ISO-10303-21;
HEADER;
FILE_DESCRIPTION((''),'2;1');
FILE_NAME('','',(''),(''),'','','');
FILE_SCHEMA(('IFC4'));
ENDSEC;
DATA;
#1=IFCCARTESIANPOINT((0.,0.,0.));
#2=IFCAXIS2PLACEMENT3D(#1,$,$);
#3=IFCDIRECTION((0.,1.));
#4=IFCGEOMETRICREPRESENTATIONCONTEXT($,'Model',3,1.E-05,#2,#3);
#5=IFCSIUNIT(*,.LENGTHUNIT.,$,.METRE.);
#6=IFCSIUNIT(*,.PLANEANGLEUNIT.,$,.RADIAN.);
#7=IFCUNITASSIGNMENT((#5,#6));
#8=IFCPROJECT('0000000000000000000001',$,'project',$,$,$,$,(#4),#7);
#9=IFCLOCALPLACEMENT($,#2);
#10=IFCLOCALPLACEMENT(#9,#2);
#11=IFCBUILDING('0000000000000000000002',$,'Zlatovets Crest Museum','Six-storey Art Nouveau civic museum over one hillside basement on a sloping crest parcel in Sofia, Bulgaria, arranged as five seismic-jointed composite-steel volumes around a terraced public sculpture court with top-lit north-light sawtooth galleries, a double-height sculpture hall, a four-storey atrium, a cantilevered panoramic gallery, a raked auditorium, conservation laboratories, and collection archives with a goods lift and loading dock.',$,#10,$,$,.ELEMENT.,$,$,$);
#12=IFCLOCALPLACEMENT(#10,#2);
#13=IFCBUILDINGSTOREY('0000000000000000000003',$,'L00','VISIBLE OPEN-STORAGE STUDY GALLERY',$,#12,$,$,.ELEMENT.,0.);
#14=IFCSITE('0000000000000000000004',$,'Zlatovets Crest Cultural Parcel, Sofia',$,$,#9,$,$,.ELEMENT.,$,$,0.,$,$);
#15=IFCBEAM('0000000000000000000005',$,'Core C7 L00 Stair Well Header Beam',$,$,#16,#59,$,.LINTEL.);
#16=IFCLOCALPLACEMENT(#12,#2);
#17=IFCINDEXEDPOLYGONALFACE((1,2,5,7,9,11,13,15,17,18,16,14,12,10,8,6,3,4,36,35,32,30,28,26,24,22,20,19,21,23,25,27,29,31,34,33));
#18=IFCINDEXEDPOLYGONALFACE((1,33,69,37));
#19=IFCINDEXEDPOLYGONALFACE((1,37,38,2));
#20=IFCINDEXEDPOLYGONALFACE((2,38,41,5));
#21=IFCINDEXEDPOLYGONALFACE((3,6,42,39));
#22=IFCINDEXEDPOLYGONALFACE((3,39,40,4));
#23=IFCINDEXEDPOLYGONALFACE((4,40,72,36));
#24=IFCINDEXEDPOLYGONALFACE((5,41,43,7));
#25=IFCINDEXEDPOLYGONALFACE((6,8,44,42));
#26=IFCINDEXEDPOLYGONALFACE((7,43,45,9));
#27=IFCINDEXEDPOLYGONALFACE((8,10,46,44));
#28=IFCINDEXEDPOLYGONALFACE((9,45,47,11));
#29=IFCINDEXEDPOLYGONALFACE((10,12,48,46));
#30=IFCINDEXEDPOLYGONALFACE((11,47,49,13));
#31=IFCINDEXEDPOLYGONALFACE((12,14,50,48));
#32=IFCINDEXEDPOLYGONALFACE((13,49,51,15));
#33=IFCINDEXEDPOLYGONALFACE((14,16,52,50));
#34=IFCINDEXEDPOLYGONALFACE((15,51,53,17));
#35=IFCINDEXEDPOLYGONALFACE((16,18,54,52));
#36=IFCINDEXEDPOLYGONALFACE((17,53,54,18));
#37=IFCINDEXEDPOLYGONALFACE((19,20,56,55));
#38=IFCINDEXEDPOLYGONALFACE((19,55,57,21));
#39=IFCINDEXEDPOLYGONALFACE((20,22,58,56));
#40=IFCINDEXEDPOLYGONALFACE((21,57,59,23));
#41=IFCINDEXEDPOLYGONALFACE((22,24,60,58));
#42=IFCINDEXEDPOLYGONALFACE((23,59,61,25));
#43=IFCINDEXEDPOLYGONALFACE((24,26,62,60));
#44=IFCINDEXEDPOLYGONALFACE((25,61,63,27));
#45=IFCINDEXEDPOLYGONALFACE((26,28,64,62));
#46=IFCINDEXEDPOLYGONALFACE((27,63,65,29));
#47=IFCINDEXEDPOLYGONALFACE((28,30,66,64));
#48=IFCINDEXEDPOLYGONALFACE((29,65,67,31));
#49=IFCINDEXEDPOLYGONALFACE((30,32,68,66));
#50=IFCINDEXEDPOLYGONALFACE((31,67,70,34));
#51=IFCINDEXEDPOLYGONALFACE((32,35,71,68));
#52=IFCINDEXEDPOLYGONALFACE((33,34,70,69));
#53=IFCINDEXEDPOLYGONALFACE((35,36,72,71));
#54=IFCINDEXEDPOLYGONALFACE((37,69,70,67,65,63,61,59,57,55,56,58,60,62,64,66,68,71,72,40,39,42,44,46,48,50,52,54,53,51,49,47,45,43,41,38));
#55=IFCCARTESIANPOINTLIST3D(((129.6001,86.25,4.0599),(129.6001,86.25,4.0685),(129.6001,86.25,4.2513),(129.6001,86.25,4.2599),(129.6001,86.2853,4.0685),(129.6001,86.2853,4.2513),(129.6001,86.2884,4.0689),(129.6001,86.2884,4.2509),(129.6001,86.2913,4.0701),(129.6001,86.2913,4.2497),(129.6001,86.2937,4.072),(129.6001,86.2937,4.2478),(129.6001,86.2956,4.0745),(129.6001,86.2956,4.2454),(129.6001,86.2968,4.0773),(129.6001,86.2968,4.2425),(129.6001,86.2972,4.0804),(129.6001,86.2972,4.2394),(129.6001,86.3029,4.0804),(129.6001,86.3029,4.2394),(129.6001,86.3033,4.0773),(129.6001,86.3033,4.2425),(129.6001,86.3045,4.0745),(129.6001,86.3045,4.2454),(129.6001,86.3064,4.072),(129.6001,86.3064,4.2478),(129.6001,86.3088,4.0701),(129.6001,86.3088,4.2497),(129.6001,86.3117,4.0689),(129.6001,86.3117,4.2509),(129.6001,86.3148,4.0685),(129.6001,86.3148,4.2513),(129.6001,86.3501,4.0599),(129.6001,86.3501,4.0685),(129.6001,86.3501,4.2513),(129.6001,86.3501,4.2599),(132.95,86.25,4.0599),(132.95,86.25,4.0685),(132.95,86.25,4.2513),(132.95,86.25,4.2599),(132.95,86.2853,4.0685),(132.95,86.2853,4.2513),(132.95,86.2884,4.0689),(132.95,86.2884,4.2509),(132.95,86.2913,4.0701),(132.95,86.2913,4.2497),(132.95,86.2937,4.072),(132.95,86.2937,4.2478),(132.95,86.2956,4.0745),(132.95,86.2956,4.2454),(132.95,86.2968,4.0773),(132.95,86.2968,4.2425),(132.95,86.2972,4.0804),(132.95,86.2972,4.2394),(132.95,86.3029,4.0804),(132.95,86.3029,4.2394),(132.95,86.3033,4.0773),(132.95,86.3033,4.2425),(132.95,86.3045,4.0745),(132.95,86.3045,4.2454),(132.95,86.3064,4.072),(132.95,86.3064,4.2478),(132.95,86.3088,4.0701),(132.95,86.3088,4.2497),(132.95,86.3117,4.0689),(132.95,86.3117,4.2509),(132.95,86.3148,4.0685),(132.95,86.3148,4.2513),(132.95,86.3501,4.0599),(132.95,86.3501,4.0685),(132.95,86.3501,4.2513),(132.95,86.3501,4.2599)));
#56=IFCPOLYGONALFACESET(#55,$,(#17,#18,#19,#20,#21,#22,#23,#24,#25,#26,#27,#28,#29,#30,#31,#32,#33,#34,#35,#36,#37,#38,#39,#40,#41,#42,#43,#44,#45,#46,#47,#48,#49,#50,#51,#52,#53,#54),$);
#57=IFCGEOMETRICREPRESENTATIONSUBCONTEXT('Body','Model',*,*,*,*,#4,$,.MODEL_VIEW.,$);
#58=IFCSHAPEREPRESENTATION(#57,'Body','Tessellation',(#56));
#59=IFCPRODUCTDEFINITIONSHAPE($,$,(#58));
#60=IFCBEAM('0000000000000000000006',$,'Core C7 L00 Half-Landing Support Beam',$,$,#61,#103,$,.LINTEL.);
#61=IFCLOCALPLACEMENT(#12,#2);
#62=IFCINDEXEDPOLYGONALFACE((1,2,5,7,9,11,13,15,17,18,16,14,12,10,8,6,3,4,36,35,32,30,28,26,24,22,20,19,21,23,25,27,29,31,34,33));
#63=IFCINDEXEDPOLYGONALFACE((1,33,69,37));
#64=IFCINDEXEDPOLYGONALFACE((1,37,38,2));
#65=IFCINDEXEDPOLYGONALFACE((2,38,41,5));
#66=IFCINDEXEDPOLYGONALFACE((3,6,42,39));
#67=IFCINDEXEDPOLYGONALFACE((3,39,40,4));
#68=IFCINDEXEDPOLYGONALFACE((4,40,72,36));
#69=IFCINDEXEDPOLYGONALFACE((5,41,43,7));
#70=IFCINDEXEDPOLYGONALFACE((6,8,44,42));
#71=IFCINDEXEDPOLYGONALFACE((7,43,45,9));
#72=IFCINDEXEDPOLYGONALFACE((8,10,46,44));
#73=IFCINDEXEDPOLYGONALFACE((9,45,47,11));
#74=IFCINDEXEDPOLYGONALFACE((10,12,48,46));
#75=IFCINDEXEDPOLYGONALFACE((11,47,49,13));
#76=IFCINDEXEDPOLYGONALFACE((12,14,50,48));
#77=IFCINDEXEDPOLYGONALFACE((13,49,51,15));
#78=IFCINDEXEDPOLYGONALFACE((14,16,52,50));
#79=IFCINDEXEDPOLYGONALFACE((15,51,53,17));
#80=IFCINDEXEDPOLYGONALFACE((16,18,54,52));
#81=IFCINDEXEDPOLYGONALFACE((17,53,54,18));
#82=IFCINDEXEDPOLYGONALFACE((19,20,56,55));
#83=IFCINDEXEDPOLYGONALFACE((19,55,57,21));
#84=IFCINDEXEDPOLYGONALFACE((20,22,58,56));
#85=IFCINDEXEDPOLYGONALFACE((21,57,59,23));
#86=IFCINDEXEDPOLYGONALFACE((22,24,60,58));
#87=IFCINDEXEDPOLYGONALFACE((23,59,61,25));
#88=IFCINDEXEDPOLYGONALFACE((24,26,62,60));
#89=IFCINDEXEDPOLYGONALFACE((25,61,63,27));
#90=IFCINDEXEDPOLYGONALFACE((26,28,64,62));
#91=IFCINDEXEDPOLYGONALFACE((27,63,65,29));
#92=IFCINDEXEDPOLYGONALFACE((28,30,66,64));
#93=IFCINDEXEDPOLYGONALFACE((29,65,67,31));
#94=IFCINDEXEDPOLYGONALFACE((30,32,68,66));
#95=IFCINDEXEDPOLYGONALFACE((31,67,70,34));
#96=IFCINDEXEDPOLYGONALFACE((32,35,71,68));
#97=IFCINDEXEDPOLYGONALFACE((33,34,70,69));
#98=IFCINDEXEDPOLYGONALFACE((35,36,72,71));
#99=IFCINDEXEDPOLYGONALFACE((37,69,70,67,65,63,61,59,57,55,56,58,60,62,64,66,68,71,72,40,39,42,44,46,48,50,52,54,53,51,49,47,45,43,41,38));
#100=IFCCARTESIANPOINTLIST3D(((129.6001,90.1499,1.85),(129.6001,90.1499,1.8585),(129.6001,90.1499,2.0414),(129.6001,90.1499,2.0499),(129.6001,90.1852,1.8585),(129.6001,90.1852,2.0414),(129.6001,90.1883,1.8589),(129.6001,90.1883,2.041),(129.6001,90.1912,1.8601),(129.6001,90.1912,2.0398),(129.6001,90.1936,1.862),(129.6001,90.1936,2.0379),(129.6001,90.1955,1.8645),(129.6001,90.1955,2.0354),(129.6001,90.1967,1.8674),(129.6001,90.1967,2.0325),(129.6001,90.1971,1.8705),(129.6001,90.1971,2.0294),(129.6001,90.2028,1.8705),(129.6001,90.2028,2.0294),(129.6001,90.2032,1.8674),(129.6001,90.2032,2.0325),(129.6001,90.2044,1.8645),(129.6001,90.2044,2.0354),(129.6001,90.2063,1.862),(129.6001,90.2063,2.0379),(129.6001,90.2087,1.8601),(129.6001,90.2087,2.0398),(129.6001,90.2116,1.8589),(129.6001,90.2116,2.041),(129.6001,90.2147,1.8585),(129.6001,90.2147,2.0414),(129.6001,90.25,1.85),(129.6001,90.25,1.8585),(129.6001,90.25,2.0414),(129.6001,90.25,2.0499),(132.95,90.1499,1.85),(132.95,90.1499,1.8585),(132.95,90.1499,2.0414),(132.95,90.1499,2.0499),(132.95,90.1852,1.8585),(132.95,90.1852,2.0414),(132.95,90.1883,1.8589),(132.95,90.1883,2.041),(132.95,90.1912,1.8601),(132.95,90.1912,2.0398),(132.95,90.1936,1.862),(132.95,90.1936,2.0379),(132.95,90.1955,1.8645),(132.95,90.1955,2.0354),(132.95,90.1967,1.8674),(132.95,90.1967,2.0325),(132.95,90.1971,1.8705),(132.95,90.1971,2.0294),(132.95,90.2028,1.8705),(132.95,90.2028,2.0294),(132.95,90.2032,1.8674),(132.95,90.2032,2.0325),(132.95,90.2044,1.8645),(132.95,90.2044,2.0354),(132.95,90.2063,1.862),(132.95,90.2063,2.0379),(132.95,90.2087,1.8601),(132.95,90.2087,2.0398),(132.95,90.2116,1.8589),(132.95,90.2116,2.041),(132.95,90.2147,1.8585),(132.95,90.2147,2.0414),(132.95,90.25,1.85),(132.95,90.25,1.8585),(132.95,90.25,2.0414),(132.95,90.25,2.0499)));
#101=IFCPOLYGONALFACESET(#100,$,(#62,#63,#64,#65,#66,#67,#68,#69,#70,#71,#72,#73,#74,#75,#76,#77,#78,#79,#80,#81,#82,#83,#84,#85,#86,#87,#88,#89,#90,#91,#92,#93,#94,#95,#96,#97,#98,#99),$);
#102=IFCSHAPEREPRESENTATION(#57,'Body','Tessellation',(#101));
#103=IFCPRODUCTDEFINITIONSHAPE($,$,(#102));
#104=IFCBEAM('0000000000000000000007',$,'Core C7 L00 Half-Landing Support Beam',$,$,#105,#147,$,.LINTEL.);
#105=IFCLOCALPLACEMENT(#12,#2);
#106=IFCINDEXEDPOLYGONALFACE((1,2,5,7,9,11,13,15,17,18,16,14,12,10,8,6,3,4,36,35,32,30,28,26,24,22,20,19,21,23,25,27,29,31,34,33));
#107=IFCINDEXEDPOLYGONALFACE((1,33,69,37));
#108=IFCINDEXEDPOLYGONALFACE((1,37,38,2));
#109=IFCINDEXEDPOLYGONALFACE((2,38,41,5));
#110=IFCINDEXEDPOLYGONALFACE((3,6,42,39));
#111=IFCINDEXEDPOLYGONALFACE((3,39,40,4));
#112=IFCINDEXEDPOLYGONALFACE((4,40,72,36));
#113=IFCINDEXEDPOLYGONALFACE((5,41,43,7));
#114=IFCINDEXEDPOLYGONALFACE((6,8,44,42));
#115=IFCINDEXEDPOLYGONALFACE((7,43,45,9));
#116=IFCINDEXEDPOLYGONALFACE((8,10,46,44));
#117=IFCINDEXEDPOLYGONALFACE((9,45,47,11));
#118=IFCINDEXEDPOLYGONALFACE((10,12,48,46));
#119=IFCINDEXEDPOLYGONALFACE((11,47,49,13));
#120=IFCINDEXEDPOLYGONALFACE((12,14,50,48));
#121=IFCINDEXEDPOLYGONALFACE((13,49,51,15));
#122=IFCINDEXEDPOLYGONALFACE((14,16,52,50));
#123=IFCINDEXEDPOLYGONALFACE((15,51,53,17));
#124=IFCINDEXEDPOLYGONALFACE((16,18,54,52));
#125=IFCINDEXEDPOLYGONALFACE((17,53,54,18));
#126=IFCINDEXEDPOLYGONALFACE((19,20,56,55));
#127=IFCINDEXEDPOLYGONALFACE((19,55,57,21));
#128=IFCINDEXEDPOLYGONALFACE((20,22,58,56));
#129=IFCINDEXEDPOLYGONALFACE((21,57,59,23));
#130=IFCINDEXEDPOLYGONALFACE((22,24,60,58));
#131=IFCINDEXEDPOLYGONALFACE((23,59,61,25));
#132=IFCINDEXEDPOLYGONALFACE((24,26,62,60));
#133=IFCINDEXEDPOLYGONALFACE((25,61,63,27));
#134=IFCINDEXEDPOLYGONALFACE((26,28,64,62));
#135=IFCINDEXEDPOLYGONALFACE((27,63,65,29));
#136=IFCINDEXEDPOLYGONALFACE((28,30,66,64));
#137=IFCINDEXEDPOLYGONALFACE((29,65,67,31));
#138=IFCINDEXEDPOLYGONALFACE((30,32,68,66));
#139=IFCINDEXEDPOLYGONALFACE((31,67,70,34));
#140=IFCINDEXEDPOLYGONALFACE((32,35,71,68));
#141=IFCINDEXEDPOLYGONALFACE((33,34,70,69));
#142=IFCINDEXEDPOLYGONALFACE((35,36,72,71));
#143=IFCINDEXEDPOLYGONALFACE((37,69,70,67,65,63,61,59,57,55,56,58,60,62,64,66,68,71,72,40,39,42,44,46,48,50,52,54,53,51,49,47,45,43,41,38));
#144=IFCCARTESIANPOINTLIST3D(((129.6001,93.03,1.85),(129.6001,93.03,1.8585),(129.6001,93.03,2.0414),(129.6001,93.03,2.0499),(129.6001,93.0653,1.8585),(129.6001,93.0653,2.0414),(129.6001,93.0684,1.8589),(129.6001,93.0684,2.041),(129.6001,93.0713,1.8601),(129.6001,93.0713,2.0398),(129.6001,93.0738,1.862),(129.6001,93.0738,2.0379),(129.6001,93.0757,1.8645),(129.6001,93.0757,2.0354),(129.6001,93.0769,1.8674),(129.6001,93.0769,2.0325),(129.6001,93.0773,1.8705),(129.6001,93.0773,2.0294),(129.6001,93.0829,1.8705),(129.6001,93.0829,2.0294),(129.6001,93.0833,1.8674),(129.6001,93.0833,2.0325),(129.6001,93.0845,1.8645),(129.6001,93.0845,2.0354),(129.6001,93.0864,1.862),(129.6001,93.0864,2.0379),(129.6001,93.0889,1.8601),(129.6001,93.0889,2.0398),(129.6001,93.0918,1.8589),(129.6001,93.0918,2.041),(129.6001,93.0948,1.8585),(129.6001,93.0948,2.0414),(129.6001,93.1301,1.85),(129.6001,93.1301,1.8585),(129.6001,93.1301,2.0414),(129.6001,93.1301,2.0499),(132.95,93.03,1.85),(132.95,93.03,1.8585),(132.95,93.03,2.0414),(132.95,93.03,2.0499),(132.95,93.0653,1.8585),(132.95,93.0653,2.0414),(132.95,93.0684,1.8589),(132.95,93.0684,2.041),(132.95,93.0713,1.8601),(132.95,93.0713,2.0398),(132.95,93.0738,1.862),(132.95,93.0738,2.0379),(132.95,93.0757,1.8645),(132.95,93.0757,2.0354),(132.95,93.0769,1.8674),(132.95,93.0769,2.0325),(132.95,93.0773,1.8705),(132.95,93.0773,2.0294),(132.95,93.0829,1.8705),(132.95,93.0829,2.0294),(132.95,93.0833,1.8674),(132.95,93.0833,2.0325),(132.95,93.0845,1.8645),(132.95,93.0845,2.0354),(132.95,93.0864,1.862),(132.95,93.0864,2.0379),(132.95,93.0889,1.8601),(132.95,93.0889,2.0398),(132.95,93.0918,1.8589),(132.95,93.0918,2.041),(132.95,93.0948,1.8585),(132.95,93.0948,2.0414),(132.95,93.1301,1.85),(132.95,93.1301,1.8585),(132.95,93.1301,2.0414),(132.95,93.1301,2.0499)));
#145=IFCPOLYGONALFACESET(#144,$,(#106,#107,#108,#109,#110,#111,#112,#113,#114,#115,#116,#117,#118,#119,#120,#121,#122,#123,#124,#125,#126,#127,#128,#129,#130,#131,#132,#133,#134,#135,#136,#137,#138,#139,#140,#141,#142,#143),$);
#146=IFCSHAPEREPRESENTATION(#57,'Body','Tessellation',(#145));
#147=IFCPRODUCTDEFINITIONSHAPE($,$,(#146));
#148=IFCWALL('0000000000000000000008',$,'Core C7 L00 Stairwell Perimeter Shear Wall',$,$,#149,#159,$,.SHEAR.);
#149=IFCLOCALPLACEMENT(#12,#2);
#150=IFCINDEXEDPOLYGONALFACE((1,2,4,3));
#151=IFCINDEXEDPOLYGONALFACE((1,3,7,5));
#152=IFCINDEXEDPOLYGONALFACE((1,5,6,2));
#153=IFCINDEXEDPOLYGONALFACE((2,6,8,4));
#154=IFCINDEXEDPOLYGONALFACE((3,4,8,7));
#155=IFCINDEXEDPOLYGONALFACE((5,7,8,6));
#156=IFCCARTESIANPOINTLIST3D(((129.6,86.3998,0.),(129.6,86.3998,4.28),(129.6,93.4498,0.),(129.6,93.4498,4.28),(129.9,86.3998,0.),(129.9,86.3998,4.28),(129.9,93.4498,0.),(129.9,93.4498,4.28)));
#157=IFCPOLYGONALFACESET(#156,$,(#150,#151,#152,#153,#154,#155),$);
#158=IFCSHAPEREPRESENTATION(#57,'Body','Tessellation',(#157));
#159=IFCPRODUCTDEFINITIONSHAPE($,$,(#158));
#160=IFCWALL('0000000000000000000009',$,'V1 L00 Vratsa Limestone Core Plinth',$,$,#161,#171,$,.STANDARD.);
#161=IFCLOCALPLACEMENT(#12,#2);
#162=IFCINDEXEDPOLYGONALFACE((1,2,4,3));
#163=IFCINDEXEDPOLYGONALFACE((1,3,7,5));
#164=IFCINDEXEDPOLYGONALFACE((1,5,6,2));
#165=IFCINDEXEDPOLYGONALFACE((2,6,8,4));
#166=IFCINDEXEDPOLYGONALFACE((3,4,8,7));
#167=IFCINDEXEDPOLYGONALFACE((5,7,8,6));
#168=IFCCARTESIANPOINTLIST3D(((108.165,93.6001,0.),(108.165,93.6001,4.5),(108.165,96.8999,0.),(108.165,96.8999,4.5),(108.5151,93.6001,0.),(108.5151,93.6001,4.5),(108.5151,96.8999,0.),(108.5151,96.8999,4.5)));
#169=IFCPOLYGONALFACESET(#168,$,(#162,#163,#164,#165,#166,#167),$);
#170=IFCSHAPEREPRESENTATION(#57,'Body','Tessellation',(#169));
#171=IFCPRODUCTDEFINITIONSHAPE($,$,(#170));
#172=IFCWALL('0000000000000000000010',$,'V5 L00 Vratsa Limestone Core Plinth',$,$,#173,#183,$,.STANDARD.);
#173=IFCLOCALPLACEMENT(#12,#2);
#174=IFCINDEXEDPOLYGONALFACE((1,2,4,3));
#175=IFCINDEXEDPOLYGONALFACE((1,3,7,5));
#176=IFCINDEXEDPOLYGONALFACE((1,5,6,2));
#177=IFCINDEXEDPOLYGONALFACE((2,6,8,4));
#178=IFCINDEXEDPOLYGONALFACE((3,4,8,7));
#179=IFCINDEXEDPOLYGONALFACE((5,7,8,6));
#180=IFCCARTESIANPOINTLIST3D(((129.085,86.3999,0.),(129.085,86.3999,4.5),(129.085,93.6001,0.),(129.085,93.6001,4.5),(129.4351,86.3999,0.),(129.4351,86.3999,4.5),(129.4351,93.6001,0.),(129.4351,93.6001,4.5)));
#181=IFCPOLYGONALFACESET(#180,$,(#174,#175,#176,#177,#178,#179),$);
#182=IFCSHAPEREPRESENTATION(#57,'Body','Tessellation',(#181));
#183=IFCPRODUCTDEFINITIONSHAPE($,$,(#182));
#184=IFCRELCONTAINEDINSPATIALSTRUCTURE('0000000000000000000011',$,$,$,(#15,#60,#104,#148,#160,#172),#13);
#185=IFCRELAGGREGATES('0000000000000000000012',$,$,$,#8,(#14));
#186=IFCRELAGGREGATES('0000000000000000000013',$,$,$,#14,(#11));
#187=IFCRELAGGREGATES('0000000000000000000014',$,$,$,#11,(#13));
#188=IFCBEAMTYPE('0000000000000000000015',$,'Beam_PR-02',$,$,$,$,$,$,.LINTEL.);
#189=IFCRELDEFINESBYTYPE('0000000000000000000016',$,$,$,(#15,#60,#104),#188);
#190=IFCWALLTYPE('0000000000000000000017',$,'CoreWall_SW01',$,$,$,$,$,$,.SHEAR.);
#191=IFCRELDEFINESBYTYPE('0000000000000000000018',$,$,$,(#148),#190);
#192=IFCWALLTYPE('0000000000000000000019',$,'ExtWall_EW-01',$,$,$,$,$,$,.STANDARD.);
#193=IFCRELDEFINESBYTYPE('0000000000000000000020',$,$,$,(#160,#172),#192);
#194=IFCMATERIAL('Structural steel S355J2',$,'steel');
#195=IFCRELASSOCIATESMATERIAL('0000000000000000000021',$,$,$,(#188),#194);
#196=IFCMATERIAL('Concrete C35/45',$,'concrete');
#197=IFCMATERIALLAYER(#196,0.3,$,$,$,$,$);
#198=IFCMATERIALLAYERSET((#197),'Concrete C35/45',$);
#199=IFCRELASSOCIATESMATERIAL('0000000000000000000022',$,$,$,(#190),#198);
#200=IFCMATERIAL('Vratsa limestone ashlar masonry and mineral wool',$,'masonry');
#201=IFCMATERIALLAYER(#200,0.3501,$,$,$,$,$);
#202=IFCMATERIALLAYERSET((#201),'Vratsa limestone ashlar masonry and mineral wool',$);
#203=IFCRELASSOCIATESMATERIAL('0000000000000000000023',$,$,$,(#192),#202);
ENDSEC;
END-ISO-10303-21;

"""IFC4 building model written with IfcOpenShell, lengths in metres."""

from ifc_helpers import new_model, si_unit, direction, frame, frame_2d, origin, origin_2d, place, context, subcontext, project, spatial, rectangle, i_section, extrude, material, layer, layer_set, material_profile, profile_set, type_object, element, save


model = new_model("IFC4")

# Units and contexts
model_context = context("Model", 3, precision=1e-05, world=origin(), true_north=direction((0.0, 1.0)))
body_context = subcontext(model_context, "Body", "Model", "MODEL_VIEW")
ifc_project = project(units=[si_unit("LENGTHUNIT", "METRE"), si_unit("PLANEANGLEUNIT", "RADIAN")], contexts=[model_context])

# Site, building, storey
site_placement = place(None, origin())
site = spatial("IfcSite", under=ifc_project, at=site_placement, Name="Zlatovets Crest Cultural Parcel, Sofia", CompositionType="ELEMENT", RefElevation=0.0)
building_placement = place(site_placement, origin())
building = spatial("IfcBuilding", under=site, at=building_placement, Name="Zlatovets Crest Museum", Description="Six-storey Art Nouveau civic museum over one hillside basement on a sloping crest parcel in Sofia, Bulgaria, arranged as five seismic-jointed composite-steel volumes around a terraced public sculpture court with top-lit north-light sawtooth galleries, a double-height sculpture hall, a four-storey atrium, a cantilevered panoramic gallery, a raked auditorium, conservation laboratories, and collection archives with a goods lift and loading dock.", CompositionType="ELEMENT")
storey_placement = place(building_placement, origin())
storey = spatial("IfcBuildingStorey", under=building, at=storey_placement, Name="L00", Description="VISIBLE OPEN-STORAGE STUDY GALLERY", CompositionType="ELEMENT", Elevation=0.0)

# Shared definitions
ifc_material_1 = material(Name="Structural steel S355J2", Category="steel")

# Beams
ifc_material_profile_1 = material_profile(ifc_material_1, i_section(OverallWidth=0.1001, OverallDepth=0.2, WebThickness=0.0056, FlangeThickness=0.0085, FilletRadius=0.012, at=origin_2d()), Name="IPE 200")
ifc_profile_set_1 = profile_set([ifc_material_profile_1], Name="Structural steel S355J2")
beam_type_1 = type_object("IfcBeamType", Name="Beam_PR-02", PredefinedType="LINTEL", material=ifc_profile_set_1)
for number, where, z_axis, x_axis, name in (
    (1, (129.6001, 86.3, 4.1599), (1.0, 0.0, 0.0), (0.0, 1.0, 0.0), "Core C7 L00 Stair Well Header Beam"),
    (2, (129.6001, 90.2, 1.95), (1.0, 0.0, 0.0), (0.0, 1.0, 0.0), "Core C7 L00 Half-Landing Support Beam"),
    (3, (129.6001, 93.0801, 1.95), (1.0, 0.0, 0.0), (0.0, 1.0, 0.0), "Core C7 L00 Half-Landing Support Beam"),
):
    element("IfcBeam", number, at=place(storey_placement, frame(where, z_axis=z_axis, x_axis=x_axis)), inside=storey, type_object=beam_type_1, Name=name, PredefinedType="LINTEL", context=body_context, shape_type="SweptSolid", body=[
        extrude(i_section(OverallWidth=0.1001, OverallDepth=0.2, WebThickness=0.0056, FlangeThickness=0.0085, FilletRadius=0.012, at=origin_2d()), origin(), (0.0, 0.0, 1.0), 3.3499),
    ])

# Walls
ifc_material_2 = material(Name="Concrete C35/45", Category="concrete")
ifc_layer_1 = layer(ifc_material_2, 0.3)
ifc_layer_set_1 = layer_set([ifc_layer_1], Name="Concrete C35/45")
wall_type_1 = type_object("IfcWallType", Name="CoreWall_SW01", PredefinedType="SHEAR", material=ifc_layer_set_1)
wall_1_placement = place(storey_placement, frame((129.75, 86.3999, 0.0), z_axis=(0.0, 0.0, 1.0), x_axis=(0.0, 1.0, 0.0)))
element("IfcWall", 4, at=wall_1_placement, inside=storey, type_object=wall_type_1, Name="Core C7 L00 Stairwell Perimeter Shear Wall", PredefinedType="SHEAR", context=body_context, shape_type="SweptSolid", body=[
    extrude(rectangle(XDim=7.05, YDim=0.3, at=frame_2d((3.5249, 0.0))), origin(), (0.0, 0.0, 1.0), 4.28),
])
ifc_material_3 = material(Name="Vratsa limestone ashlar masonry and mineral wool", Category="masonry")
ifc_layer_2 = layer(ifc_material_3, 0.3501)
ifc_layer_set_2 = layer_set([ifc_layer_2], Name="Vratsa limestone ashlar masonry and mineral wool")
wall_type_2 = type_object("IfcWallType", Name="ExtWall_EW-01", PredefinedType="STANDARD", material=ifc_layer_set_2)
wall_2_placement = place(storey_placement, frame((108.3401, 93.6001, 0.0), z_axis=(0.0, 0.0, 1.0), x_axis=(0.0, 1.0, 0.0)))
element("IfcWall", 5, at=wall_2_placement, inside=storey, type_object=wall_type_2, Name="V1 L00 Vratsa Limestone Core Plinth", PredefinedType="STANDARD", context=body_context, shape_type="SweptSolid", body=[
    extrude(rectangle(XDim=3.2998, YDim=0.3501, at=frame_2d((1.6499, 0.0))), origin(), (0.0, 0.0, 1.0), 4.5),
])
wall_3_placement = place(storey_placement, frame((129.26, 93.6001, 0.0), z_axis=(0.0, 0.0, 1.0), x_axis=(0.0, -1.0, 0.0)))
element("IfcWall", 6, at=wall_3_placement, inside=storey, type_object=wall_type_2, Name="V5 L00 Vratsa Limestone Core Plinth", PredefinedType="STANDARD", context=body_context, shape_type="SweptSolid", body=[
    extrude(rectangle(XDim=7.2002, YDim=0.3501, at=frame_2d((3.6001, 0.0))), origin(), (0.0, 0.0, 1.0), 4.5),
])

save(model, "model.ifc")
